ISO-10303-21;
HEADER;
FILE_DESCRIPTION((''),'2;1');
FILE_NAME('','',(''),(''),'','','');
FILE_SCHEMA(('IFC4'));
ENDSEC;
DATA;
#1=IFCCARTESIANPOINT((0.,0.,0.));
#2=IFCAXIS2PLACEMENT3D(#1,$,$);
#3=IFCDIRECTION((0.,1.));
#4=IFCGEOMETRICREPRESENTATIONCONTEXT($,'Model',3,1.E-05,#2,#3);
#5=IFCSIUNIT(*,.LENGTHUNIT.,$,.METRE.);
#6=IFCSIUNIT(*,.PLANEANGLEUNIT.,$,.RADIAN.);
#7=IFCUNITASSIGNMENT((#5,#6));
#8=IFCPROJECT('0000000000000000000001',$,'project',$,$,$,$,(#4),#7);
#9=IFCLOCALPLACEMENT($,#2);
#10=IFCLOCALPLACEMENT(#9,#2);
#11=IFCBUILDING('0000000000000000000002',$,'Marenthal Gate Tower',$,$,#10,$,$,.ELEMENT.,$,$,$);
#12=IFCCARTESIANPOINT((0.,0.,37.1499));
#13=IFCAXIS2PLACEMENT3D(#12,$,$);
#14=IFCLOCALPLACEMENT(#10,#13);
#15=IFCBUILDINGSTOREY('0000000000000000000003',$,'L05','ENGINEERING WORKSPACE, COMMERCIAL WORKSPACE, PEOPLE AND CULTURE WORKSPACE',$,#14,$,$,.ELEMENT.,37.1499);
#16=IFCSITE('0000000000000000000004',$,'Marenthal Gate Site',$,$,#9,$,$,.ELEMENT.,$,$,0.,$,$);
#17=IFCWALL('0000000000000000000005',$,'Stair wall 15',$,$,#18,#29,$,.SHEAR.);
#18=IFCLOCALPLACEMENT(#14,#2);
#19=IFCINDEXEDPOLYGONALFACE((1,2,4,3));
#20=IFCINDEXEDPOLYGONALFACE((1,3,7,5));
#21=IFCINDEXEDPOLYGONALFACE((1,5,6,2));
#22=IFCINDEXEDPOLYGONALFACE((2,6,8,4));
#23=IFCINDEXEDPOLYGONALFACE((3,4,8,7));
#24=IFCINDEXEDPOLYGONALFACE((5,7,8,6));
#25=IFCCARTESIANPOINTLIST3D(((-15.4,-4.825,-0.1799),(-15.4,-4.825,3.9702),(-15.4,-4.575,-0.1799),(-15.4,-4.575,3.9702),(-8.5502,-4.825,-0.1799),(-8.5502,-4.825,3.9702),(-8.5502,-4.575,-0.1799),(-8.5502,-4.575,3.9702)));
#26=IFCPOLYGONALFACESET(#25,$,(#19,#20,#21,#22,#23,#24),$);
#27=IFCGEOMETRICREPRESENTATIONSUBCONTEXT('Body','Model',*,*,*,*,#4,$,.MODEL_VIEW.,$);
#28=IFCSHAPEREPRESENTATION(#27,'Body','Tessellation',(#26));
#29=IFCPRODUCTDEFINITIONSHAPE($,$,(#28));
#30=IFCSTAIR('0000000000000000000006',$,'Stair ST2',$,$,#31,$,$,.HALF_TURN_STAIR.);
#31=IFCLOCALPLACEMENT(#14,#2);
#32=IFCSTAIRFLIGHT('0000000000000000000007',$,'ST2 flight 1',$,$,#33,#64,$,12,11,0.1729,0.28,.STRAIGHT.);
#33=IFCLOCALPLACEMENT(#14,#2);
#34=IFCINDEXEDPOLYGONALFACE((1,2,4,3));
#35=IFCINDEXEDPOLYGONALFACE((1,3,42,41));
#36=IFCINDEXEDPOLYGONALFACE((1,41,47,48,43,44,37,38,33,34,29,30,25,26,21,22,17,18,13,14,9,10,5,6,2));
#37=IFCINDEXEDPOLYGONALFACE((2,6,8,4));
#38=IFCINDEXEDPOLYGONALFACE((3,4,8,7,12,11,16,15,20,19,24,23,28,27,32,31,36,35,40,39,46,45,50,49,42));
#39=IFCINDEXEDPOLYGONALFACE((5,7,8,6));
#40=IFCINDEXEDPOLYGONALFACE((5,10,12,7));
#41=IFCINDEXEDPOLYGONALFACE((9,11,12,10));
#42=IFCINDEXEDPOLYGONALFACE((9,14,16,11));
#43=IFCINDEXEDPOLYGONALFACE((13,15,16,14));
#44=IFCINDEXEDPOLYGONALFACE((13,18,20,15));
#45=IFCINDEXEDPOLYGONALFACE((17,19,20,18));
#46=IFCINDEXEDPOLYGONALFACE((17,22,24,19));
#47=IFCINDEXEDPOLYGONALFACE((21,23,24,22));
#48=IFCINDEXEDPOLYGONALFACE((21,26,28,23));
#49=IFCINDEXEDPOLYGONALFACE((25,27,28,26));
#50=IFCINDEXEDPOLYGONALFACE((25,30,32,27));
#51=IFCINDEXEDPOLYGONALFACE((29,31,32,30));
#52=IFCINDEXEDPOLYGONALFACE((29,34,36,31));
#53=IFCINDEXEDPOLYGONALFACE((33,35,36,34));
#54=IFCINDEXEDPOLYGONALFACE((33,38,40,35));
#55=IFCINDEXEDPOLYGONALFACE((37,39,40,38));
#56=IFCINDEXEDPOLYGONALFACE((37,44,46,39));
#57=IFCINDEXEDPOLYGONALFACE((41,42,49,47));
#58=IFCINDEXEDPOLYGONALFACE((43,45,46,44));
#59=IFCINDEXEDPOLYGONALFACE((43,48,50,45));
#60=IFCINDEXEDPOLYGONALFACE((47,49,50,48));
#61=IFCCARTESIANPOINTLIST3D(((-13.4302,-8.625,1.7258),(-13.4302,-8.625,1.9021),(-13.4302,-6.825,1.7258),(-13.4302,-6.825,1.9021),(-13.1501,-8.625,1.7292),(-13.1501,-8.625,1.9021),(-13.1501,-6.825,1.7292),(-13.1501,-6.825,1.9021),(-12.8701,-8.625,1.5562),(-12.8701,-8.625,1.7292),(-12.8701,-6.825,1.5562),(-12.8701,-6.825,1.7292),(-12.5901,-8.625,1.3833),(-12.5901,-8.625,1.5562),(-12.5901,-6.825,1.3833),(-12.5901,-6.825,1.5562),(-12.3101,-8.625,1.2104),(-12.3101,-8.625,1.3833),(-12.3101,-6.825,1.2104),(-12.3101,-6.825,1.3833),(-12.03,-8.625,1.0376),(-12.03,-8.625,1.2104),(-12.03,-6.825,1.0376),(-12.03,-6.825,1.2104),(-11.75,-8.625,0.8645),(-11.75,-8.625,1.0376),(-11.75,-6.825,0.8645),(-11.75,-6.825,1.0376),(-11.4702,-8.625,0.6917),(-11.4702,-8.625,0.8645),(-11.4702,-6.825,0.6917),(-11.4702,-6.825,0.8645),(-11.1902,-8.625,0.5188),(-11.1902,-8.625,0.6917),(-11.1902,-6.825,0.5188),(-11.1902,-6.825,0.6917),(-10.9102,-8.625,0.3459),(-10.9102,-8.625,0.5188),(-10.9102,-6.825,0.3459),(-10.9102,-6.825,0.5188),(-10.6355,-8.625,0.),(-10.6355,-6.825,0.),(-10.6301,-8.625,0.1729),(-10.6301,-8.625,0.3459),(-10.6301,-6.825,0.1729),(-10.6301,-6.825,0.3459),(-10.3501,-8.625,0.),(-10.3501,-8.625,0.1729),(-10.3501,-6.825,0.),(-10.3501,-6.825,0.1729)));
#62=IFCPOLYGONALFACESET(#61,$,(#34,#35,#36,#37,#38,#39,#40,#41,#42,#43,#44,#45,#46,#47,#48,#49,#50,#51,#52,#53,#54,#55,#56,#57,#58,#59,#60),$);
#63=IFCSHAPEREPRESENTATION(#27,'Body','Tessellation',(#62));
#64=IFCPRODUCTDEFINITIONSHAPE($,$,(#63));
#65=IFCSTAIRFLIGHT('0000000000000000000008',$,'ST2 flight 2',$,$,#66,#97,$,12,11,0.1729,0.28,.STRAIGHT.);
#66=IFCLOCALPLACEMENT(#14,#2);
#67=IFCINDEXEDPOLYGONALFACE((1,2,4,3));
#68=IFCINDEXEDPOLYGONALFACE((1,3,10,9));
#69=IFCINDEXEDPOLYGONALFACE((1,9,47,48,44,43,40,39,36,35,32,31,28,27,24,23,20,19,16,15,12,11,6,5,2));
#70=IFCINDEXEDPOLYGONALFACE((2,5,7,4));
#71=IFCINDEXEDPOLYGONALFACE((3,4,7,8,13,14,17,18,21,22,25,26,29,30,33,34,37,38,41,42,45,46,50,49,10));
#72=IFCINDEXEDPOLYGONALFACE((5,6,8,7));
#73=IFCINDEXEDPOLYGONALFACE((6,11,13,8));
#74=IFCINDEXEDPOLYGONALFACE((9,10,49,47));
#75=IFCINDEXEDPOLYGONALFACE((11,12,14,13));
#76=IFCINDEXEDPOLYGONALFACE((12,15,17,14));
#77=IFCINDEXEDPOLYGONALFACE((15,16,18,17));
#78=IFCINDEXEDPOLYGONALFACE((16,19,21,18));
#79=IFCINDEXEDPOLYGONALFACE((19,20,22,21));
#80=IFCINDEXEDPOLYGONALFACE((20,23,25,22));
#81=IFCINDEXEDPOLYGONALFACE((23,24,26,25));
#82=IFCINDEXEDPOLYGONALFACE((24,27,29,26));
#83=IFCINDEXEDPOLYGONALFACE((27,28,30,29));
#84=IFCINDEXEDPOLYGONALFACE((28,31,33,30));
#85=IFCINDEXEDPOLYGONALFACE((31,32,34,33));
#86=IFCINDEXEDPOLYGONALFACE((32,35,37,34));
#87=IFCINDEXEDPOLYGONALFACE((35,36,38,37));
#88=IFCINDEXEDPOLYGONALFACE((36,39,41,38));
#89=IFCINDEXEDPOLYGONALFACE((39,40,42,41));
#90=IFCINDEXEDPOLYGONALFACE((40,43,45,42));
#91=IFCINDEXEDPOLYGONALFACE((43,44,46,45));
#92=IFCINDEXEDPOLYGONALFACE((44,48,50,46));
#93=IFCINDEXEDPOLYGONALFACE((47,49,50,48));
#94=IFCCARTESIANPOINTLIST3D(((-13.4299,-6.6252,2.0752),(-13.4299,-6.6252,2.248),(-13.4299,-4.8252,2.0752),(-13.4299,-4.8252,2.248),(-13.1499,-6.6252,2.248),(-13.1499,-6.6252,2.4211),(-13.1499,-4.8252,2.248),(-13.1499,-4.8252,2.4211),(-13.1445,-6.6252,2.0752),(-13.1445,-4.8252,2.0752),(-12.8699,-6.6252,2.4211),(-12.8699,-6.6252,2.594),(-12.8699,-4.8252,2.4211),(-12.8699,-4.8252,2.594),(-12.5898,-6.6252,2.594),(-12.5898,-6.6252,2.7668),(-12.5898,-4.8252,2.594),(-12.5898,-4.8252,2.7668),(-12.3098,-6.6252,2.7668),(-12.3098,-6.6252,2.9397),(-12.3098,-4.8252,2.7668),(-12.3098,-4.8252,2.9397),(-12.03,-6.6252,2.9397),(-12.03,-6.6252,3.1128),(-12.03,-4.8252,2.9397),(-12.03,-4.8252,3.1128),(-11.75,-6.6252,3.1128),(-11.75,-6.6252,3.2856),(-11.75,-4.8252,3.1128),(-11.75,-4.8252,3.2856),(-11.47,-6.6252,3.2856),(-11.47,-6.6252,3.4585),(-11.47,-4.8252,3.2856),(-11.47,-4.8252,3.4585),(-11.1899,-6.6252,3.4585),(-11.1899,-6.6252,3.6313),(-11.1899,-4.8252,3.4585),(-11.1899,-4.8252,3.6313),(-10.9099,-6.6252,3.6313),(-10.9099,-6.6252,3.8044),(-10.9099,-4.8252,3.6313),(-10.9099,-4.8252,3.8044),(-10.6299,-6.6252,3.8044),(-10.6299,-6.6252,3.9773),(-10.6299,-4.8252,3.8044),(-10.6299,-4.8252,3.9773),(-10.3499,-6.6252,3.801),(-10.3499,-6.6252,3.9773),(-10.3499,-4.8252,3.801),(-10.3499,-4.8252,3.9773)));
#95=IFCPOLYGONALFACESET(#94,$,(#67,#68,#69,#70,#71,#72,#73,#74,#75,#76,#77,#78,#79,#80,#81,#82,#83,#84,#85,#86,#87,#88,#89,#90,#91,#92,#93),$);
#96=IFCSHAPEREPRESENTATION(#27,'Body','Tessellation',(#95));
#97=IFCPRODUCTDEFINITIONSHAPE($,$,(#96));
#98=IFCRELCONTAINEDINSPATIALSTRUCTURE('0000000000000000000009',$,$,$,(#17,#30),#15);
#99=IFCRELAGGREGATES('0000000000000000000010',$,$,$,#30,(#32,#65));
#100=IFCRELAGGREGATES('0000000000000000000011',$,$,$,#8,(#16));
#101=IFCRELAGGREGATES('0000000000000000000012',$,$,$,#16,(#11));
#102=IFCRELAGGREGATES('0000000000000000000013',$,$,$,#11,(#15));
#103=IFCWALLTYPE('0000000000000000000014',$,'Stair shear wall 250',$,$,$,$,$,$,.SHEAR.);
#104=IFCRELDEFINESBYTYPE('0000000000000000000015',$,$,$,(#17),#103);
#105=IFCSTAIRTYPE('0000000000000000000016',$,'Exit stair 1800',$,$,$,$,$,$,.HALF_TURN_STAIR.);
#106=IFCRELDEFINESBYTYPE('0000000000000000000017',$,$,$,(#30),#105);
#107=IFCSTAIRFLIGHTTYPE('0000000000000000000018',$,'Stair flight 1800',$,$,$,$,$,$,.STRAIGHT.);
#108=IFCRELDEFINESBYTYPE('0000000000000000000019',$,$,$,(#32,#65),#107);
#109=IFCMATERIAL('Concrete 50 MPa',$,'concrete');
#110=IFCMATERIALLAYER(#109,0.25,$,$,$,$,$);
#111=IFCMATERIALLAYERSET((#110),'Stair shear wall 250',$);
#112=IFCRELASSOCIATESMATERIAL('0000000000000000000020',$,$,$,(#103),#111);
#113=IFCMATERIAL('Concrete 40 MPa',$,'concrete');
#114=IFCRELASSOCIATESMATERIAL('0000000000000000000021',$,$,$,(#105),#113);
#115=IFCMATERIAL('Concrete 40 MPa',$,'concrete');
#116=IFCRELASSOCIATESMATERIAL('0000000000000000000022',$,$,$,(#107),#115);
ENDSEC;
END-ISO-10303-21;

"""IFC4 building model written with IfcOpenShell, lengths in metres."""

from ifc_helpers import new_model, si_unit, direction, frame, frame_2d, origin, place, context, subcontext, project, spatial, polyline, rectangle, outline, extrude, material, layer, layer_set, type_object, element, aggregate, save


model = new_model("IFC4")

# Units and contexts
model_context = context("Model", 3, precision=1e-05, world=origin(), true_north=direction((0.0, 1.0)))
body_context = subcontext(model_context, "Body", "Model", "MODEL_VIEW")
ifc_project = project(units=[si_unit("LENGTHUNIT", "METRE"), si_unit("PLANEANGLEUNIT", "RADIAN")], contexts=[model_context])

# Site, building, storey
site_placement = place(None, origin())
site = spatial("IfcSite", under=ifc_project, at=site_placement, Name="Marenthal Gate Site", CompositionType="ELEMENT", RefElevation=0.0)
building_placement = place(site_placement, origin())
building = spatial("IfcBuilding", under=site, at=building_placement, Name="Marenthal Gate Tower", CompositionType="ELEMENT")
storey_placement = place(building_placement, frame((0.0, 0.0, 37.1499)))
storey = spatial("IfcBuildingStorey", under=building, at=storey_placement, Name="L05", Description="ENGINEERING WORKSPACE, COMMERCIAL WORKSPACE, PEOPLE AND CULTURE WORKSPACE", CompositionType="ELEMENT", Elevation=37.1499)

# Wall
ifc_material_1 = material(Name="Concrete 50 MPa", Category="concrete")
ifc_layer_1 = layer(ifc_material_1, 0.25)
ifc_layer_set_1 = layer_set([ifc_layer_1], Name="Stair shear wall 250")
wall_type_1 = type_object("IfcWallType", Name="Stair shear wall 250", PredefinedType="SHEAR", material=ifc_layer_set_1)
wall_1_placement = place(storey_placement, frame((-15.3999, -4.7, -0.1799), z_axis=(0.0, 0.0, 1.0), x_axis=(1.0, 0.0, 0.0)))
element("IfcWall", 1, at=wall_1_placement, inside=storey, type_object=wall_type_1, Name="Stair wall 15", PredefinedType="SHEAR", context=body_context, shape_type="SweptSolid", body=[
    extrude(rectangle(XDim=6.8499, YDim=0.25, at=frame_2d((3.4248, 0.0))), origin(), (0.0, 0.0, 1.0), 4.1501),
])

# Stair, stair flights
ifc_material_2 = material(Name="Concrete 40 MPa", Category="concrete")
stair_type = type_object("IfcStairType", Name="Exit stair 1800", PredefinedType="HALF_TURN_STAIR", material=ifc_material_2)
stair_placement = place(storey_placement, origin())
stair = element("IfcStair", 2, at=stair_placement, inside=storey, type_object=stair_type, Name="Stair ST2", PredefinedType="HALF_TURN_STAIR")
ifc_material_3 = material(Name="Concrete 40 MPa", Category="concrete")
stair_flight_type = type_object("IfcStairFlightType", Name="Stair flight 1800", PredefinedType="STRAIGHT", material=ifc_material_3)
stair_flight_1_placement = place(storey_placement, frame((-10.3501, -7.7251, 0.0), z_axis=(0.0, 0.0, 1.0), x_axis=(-1.0, 0.0, 0.0)))
stair_flight_1 = element("IfcStairFlight", 3, at=stair_flight_1_placement, type_object=stair_flight_type, Name="ST2 flight 1", NumberOfRisers=12, NumberOfTreads=11, PredefinedType="STRAIGHT", RiserHeight=0.1729, TreadLength=0.28, context=body_context, shape_type="SweptSolid", body=[
    extrude(outline(polyline([(0.0, 0.0), (0.0, 0.1729), (0.28, 0.1729), (0.28, 0.3459), (0.5601, 0.3459), (0.5601, 0.5188), (0.8401, 0.5188), (0.8401, 0.6917), (1.1201, 0.6917), (1.1201, 0.8645), (1.3999, 0.8645), (1.3999, 1.0376), (1.6799, 1.0376), (1.6799, 1.2104), (1.96, 1.2104), (1.96, 1.3833), (2.24, 1.3833), (2.24, 1.5562), (2.52, 1.5562), (2.52, 1.7292), (2.8, 1.7292), (2.8, 1.9021), (3.0801, 1.9021), (3.0801, 2.075), (3.0801, 1.7258), (0.2854, 0.0), (0.0, 0.0)])), frame((0.0, 0.8999, 0.0), z_axis=(0.0, -1.0, 0.0), x_axis=(1.0, 0.0, 0.0)), (0.0, 0.0, 1.0), 1.8),
])
stair_flight_2_placement = place(storey_placement, frame((-13.4299, -5.7251, 2.0752), z_axis=(0.0, 0.0, 1.0), x_axis=(1.0, 0.0, 0.0)))
stair_flight_2 = element("IfcStairFlight", 4, at=stair_flight_2_placement, type_object=stair_flight_type, Name="ST2 flight 2", NumberOfRisers=12, NumberOfTreads=11, PredefinedType="STRAIGHT", RiserHeight=0.1729, TreadLength=0.28, context=body_context, shape_type="SweptSolid", body=[
    extrude(outline(polyline([(0.0, 0.0), (0.0, 0.1729), (0.28, 0.1729), (0.28, 0.3459), (0.5601, 0.3459), (0.5601, 0.5188), (0.8401, 0.5188), (0.8401, 0.6917), (1.1201, 0.6917), (1.1201, 0.8645), (1.3999, 0.8645), (1.3999, 1.0376), (1.6799, 1.0376), (1.6799, 1.2104), (1.96, 1.2104), (1.96, 1.3833), (2.24, 1.3833), (2.24, 1.5562), (2.52, 1.5562), (2.52, 1.7292), (2.8, 1.7292), (2.8, 1.9021), (3.0801, 1.9021), (3.0801, 2.075), (3.0801, 1.7258), (0.2854, 0.0), (0.0, 0.0)])), frame((0.0, 0.8999, 0.0), z_axis=(0.0, -1.0, 0.0), x_axis=(1.0, 0.0, 0.0)), (0.0, 0.0, 1.0), 1.8),
])
aggregate(stair, [stair_flight_1, stair_flight_2])

save(model, "model.ifc")
